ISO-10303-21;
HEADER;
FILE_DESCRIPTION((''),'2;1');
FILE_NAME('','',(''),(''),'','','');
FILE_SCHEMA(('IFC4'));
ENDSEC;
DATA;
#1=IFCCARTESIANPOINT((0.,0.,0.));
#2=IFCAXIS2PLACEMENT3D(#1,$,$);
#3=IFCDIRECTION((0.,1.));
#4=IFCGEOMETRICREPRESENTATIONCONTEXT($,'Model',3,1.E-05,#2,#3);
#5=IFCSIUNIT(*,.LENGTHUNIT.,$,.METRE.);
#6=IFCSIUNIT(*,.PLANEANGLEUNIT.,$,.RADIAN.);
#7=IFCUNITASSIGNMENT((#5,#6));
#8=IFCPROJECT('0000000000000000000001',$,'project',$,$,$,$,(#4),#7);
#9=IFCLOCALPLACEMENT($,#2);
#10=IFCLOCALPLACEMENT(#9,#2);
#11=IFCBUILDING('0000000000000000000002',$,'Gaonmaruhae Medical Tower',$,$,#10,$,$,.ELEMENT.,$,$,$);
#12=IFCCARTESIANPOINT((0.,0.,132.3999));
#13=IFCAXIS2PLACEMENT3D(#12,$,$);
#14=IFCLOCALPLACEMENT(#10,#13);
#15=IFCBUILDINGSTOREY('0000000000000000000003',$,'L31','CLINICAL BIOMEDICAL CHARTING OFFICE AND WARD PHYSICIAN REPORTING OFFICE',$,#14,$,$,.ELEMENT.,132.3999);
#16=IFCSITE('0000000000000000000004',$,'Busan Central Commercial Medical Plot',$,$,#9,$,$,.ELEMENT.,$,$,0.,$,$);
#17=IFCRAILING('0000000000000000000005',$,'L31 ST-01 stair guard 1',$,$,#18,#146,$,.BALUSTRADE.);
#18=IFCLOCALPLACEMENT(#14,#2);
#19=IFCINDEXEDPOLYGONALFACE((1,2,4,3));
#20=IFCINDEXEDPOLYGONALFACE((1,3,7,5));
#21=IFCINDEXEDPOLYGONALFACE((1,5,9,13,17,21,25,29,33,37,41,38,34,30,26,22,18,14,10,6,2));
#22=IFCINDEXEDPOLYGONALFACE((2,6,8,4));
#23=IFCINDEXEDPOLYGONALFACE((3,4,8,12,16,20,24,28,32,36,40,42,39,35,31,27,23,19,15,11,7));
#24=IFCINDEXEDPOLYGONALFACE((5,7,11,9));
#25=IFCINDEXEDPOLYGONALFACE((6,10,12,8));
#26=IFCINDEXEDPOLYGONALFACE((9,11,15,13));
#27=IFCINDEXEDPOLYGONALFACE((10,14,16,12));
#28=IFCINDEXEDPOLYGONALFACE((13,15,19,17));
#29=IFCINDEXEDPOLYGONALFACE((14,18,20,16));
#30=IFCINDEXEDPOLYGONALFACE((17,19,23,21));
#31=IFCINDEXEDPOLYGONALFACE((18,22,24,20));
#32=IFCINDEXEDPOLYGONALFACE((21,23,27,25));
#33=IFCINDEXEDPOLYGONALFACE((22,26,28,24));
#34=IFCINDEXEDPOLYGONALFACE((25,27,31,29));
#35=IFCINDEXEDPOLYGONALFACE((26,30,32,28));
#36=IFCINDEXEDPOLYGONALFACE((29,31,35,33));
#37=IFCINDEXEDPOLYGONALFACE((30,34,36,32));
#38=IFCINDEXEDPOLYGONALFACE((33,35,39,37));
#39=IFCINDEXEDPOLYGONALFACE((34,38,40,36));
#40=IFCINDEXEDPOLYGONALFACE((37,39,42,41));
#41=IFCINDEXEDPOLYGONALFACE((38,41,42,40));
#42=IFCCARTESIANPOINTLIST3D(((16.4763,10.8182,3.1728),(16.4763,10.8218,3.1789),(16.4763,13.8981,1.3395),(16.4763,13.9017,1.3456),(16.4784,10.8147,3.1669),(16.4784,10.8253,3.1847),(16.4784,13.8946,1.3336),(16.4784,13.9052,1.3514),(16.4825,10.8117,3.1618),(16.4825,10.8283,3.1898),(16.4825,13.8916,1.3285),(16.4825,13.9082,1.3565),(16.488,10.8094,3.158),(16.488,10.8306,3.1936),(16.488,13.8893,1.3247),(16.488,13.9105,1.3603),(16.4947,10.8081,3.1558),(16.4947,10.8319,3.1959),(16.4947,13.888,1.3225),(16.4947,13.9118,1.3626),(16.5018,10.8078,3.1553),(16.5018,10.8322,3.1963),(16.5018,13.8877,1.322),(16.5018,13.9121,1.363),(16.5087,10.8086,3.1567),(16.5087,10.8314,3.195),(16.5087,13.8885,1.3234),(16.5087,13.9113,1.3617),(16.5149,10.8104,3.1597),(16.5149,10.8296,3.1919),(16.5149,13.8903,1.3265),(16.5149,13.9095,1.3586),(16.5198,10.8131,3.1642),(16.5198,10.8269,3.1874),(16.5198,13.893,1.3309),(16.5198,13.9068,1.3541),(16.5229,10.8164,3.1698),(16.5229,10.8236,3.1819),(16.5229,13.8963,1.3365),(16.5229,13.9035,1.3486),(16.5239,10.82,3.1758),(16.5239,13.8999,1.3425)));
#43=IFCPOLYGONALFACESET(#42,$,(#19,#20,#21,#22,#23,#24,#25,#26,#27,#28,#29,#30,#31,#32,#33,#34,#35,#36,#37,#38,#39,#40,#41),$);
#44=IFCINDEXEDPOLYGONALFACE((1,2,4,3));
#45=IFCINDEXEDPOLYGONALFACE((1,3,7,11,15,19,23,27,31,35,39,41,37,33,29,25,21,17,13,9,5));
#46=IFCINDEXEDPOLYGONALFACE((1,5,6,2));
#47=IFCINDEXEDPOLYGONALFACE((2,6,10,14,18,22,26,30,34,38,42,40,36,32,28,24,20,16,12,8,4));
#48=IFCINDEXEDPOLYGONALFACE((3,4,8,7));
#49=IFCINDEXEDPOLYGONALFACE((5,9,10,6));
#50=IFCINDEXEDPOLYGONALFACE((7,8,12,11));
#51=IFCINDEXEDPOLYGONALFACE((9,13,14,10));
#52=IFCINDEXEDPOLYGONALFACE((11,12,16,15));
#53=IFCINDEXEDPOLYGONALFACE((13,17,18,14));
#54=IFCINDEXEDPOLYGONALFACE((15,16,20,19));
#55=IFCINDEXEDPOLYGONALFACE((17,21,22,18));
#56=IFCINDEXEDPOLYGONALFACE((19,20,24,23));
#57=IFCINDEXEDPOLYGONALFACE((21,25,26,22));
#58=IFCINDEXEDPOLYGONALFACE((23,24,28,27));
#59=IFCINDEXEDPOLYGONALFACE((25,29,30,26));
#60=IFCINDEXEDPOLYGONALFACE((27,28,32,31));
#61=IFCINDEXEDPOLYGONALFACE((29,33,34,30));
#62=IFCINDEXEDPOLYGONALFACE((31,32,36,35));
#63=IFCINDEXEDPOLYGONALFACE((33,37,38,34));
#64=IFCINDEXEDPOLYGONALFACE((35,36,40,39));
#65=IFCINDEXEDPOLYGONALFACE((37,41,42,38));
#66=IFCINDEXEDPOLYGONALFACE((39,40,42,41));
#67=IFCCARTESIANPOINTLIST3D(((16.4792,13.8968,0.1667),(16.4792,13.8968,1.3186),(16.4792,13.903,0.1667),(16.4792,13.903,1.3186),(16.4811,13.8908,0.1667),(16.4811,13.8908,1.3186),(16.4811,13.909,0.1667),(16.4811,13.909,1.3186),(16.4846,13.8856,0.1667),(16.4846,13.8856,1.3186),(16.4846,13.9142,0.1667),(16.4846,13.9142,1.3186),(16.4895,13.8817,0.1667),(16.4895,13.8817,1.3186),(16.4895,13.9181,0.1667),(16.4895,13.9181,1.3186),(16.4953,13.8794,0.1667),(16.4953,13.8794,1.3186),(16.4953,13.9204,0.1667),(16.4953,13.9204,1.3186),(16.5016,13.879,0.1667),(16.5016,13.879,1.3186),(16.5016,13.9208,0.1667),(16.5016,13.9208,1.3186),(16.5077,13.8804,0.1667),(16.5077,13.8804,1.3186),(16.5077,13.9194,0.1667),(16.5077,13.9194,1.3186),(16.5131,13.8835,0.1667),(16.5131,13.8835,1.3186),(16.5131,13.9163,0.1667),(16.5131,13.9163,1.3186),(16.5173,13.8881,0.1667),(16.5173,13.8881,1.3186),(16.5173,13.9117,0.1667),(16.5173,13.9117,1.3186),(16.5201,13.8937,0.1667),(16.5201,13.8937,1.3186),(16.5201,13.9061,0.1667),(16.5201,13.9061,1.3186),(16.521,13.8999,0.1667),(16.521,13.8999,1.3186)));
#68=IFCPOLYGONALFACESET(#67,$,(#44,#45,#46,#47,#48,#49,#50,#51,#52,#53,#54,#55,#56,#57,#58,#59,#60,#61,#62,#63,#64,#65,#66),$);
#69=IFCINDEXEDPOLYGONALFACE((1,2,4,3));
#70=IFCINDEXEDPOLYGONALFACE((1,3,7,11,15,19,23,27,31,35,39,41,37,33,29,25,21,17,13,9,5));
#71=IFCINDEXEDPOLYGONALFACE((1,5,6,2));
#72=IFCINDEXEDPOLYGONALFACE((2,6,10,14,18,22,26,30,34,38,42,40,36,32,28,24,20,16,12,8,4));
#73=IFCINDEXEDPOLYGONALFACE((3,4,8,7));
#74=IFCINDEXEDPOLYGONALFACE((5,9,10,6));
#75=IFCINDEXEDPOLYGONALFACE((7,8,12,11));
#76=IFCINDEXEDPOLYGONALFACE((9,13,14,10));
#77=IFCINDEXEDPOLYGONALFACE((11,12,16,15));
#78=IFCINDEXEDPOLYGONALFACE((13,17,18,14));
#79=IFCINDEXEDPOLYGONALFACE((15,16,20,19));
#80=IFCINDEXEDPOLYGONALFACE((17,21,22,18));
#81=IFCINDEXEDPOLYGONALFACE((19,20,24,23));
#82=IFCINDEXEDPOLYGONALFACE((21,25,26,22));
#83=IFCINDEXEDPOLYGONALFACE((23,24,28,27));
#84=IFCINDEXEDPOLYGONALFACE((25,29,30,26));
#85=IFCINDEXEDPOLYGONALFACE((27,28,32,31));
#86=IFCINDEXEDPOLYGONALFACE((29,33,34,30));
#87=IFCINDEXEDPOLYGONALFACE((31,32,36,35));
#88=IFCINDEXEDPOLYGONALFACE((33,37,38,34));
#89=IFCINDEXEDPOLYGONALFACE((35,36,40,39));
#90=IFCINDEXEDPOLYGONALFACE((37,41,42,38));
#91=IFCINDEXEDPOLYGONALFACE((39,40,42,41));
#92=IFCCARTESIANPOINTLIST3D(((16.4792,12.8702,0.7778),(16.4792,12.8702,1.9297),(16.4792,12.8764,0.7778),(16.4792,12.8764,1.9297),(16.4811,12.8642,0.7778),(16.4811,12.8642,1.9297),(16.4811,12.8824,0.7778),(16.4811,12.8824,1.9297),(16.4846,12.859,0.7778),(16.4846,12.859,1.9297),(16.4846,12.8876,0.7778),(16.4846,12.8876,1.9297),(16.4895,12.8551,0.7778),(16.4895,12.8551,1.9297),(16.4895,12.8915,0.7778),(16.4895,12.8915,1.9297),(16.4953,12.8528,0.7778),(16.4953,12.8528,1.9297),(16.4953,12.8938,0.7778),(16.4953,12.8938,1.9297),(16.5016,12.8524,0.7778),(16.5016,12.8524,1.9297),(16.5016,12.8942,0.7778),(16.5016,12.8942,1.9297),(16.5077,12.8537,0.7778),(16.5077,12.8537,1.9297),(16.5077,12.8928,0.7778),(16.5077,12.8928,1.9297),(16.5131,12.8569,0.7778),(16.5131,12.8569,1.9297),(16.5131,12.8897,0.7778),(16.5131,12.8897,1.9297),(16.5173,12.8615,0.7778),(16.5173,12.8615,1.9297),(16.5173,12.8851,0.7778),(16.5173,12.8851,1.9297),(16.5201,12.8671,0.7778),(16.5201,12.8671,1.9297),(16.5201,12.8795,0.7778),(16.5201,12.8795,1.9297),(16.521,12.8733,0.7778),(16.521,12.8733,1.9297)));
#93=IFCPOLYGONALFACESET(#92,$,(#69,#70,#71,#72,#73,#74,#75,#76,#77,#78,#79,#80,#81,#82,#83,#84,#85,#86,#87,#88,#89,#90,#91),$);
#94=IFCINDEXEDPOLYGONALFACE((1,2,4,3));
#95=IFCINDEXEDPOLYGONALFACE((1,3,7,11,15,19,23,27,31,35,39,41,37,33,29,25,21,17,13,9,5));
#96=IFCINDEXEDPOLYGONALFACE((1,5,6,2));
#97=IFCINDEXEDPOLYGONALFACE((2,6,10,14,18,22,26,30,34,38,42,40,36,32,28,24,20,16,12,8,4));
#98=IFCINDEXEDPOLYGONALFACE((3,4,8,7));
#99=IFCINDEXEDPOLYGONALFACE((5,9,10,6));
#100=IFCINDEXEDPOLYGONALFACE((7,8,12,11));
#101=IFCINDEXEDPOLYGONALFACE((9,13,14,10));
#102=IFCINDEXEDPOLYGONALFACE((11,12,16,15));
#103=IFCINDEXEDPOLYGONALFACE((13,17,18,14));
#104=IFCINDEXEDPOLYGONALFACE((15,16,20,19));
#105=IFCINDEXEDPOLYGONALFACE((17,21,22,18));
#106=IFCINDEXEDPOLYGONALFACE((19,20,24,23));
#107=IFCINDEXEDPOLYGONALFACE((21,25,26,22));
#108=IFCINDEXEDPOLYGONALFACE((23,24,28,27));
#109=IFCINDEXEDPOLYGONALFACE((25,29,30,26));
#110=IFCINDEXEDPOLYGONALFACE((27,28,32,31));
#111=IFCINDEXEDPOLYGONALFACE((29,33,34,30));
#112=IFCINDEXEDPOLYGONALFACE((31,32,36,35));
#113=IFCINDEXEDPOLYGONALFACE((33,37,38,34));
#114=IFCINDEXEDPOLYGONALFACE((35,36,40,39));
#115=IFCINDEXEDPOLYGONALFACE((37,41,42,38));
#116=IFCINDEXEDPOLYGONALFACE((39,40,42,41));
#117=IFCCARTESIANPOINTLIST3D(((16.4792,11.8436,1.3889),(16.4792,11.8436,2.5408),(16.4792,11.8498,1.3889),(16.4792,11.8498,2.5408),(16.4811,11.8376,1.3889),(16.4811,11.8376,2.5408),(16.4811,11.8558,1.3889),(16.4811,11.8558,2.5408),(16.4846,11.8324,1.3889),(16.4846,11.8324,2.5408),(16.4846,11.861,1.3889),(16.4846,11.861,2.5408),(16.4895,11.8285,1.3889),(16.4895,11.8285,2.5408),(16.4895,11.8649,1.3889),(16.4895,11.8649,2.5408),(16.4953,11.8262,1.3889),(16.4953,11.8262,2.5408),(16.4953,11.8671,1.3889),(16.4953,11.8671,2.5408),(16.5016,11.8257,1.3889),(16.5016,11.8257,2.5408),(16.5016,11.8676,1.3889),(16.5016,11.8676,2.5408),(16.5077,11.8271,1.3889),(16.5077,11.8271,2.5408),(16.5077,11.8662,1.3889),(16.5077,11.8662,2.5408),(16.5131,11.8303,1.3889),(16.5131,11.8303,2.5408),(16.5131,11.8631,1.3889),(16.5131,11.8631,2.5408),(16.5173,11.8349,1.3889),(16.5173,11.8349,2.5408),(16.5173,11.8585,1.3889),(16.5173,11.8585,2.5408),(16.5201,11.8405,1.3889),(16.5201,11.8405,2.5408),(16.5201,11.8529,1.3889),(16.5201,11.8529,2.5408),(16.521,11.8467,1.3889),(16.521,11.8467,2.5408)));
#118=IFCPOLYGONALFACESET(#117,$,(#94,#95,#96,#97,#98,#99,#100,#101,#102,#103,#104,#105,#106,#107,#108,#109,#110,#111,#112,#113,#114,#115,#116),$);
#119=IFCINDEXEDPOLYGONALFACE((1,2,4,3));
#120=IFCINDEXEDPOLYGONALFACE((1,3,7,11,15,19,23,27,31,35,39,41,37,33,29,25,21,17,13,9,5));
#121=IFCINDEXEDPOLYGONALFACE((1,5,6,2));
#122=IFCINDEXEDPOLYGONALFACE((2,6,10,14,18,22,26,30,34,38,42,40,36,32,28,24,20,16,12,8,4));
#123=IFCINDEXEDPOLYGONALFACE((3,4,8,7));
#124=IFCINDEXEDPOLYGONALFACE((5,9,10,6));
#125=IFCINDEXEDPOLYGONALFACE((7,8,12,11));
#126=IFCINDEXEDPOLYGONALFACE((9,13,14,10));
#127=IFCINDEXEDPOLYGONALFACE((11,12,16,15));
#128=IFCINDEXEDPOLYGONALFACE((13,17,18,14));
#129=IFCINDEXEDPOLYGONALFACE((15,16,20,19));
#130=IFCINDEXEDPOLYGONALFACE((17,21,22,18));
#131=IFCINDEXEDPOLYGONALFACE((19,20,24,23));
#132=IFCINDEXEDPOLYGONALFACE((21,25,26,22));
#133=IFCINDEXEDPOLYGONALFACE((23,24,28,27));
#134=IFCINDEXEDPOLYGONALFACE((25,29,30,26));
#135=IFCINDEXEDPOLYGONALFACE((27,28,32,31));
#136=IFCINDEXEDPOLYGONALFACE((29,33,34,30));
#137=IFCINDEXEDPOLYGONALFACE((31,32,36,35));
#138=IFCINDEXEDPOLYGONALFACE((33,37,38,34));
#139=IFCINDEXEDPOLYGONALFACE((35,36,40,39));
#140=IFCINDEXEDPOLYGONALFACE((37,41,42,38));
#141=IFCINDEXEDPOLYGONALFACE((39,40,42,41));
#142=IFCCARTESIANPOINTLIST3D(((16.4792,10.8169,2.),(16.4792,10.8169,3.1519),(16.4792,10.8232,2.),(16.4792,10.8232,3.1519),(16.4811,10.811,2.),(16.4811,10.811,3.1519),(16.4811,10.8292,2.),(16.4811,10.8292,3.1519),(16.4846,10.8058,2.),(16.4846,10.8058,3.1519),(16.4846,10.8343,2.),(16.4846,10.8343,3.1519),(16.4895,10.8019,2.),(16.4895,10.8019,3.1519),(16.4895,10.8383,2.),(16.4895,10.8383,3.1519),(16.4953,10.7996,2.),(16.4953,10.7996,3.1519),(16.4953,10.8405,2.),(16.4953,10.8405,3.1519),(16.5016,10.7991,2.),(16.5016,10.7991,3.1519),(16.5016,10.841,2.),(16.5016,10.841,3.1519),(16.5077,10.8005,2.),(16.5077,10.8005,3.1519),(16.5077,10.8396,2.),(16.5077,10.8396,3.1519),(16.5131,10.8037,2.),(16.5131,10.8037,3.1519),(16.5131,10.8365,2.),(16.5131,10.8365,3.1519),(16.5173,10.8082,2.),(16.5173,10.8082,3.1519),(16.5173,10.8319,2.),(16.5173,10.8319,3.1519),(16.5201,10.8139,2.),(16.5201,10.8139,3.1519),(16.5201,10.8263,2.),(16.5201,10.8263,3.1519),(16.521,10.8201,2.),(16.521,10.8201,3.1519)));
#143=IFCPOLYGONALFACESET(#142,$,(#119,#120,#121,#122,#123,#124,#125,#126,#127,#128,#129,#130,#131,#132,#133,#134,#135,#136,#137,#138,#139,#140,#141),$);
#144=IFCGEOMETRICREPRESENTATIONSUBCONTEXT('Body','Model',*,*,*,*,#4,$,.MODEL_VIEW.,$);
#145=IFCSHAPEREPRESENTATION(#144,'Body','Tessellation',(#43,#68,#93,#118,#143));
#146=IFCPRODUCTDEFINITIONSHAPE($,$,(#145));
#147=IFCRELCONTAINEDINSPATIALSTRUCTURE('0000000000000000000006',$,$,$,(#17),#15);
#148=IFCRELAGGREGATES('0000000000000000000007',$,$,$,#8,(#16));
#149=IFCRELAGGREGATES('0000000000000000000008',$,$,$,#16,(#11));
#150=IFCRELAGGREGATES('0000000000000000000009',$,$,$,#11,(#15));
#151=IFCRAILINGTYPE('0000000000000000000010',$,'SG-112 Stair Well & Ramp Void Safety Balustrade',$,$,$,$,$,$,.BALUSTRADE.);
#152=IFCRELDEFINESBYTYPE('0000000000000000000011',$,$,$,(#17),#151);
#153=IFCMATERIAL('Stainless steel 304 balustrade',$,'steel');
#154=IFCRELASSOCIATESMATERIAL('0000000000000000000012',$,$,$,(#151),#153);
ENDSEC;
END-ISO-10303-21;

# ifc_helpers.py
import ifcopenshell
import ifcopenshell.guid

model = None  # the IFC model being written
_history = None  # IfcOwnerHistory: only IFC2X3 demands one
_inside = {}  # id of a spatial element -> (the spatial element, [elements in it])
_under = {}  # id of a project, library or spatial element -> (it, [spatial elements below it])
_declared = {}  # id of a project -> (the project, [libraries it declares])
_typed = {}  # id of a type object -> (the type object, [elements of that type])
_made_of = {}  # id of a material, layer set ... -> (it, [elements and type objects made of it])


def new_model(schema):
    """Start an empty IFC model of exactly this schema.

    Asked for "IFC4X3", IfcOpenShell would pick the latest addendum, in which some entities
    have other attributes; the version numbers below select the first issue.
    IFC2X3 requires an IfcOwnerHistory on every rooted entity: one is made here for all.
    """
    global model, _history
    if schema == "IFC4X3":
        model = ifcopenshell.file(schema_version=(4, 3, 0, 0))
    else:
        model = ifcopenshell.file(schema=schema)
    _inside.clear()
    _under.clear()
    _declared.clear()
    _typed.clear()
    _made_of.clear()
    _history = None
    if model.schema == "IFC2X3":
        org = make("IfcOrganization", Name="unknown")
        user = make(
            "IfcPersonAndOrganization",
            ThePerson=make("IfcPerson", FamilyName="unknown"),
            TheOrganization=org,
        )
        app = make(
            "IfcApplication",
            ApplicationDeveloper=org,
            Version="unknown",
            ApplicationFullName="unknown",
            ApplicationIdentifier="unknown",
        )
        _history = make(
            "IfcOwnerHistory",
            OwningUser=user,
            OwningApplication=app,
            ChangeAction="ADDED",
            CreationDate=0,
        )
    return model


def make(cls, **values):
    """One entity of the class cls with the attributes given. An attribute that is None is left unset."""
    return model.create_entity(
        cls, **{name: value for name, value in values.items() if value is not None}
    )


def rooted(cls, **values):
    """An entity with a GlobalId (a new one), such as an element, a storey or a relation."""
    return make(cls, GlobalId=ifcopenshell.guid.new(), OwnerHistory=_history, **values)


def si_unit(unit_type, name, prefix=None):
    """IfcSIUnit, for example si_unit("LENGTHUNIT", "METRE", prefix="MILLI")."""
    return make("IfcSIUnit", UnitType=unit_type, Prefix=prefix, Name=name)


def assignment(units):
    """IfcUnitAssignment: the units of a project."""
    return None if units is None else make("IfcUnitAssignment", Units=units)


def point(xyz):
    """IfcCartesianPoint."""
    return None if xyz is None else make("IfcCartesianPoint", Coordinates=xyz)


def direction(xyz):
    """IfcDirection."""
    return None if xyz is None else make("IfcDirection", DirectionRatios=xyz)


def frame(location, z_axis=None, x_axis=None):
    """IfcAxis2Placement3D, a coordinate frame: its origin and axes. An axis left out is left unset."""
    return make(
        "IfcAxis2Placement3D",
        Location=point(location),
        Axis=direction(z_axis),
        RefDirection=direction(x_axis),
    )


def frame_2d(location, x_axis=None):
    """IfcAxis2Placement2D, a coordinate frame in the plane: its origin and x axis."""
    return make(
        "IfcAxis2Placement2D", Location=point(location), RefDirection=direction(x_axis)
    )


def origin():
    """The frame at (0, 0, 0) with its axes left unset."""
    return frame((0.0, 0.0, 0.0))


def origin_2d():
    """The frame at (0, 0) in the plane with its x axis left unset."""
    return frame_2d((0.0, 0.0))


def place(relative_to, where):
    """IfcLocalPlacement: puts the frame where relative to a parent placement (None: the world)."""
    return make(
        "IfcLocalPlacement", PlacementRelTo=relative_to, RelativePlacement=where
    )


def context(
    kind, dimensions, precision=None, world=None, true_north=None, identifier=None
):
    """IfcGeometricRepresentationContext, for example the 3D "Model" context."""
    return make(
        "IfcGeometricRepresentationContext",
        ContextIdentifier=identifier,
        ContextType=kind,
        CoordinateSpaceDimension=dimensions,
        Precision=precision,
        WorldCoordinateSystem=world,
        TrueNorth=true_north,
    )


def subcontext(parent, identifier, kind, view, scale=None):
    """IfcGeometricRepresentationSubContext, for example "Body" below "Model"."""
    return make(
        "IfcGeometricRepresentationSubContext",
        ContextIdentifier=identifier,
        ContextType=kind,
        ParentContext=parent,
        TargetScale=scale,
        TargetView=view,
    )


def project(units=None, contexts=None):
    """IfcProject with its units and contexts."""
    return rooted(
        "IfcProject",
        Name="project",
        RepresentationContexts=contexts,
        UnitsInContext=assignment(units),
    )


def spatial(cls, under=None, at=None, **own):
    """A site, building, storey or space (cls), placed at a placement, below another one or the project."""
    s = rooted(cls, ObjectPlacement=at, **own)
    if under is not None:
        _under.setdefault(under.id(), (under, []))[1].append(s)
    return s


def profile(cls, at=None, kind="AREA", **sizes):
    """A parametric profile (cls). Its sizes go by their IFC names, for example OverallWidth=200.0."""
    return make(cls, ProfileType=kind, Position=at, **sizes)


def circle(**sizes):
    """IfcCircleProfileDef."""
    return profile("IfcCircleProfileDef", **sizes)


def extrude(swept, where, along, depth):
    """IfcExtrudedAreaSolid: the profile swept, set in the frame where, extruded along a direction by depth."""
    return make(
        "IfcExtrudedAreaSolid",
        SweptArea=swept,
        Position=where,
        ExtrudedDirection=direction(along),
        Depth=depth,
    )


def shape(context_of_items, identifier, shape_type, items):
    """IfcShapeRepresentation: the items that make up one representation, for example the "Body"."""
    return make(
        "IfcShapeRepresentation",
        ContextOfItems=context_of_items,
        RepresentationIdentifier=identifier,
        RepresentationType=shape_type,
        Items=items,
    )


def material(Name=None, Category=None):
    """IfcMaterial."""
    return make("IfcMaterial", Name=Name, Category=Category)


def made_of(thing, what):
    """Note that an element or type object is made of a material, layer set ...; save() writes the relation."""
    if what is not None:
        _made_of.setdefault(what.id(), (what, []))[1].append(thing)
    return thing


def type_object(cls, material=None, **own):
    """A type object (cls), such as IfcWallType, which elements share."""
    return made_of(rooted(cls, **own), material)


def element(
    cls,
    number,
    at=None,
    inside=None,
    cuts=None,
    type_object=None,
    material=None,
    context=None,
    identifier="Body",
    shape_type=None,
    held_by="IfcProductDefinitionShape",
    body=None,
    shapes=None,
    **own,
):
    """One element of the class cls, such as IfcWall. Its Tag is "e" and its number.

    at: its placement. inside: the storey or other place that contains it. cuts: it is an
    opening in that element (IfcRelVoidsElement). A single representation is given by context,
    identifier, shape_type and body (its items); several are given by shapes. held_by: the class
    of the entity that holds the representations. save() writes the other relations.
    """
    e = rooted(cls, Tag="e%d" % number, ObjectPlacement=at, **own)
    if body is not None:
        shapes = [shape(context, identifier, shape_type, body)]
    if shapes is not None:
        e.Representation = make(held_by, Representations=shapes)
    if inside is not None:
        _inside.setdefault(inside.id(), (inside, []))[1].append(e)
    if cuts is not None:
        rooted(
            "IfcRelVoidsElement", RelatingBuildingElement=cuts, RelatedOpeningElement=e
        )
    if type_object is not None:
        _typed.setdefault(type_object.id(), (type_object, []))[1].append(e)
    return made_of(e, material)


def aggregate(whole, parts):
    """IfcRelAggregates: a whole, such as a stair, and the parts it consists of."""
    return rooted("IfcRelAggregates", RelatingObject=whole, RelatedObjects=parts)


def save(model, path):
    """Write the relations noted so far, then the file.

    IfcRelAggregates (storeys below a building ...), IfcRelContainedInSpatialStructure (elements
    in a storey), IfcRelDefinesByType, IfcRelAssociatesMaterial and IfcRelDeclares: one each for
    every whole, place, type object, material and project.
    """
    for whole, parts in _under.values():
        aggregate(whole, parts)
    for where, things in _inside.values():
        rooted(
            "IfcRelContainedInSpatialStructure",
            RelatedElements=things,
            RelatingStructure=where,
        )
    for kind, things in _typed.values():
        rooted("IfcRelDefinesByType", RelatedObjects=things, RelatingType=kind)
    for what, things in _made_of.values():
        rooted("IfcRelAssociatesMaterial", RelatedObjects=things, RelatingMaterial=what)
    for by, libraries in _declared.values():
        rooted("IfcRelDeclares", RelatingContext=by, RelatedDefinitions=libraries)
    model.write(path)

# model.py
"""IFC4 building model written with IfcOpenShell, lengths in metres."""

from ifc_helpers import new_model, si_unit, direction, frame, origin, origin_2d, place, context, subcontext, project, spatial, circle, extrude, material, type_object, element, save


model = new_model("IFC4")

# Units and contexts
model_context = context("Model", 3, precision=1e-05, world=origin(), true_north=direction((0.0, 1.0)))
body_context = subcontext(model_context, "Body", "Model", "MODEL_VIEW")
ifc_project = project(units=[si_unit("LENGTHUNIT", "METRE"), si_unit("PLANEANGLEUNIT", "RADIAN")], contexts=[model_context])

# Site, building, storey
site_placement = place(None, origin())
site = spatial("IfcSite", under=ifc_project, at=site_placement, Name="Busan Central Commercial Medical Plot", CompositionType="ELEMENT", RefElevation=0.0)
building_placement = place(site_placement, origin())
building = spatial("IfcBuilding", under=site, at=building_placement, Name="Gaonmaruhae Medical Tower", CompositionType="ELEMENT")
storey_placement = place(building_placement, frame((0.0, 0.0, 132.3999)))
storey = spatial("IfcBuildingStorey", under=building, at=storey_placement, Name="L31", Description="CLINICAL BIOMEDICAL CHARTING OFFICE AND WARD PHYSICIAN REPORTING OFFICE", CompositionType="ELEMENT", Elevation=132.3999)

# Railing
ifc_material_1 = material(Name="Stainless steel 304 balustrade", Category="steel")
railing_type_1 = type_object("IfcRailingType", Name="SG-112 Stair Well & Ramp Void Safety Balustrade", PredefinedType="BALUSTRADE", material=ifc_material_1)
railing_1_placement = place(storey_placement, frame((16.5, 13.8999, 0.1667)))
element("IfcRailing", 1, at=railing_1_placement, inside=storey, type_object=railing_type_1, Name="L31 ST-01 stair guard 1", PredefinedType="BALUSTRADE", context=body_context, shape_type="SweptSolid", body=[
    extrude(circle(Radius=0.0239, at=origin_2d()), frame((0.0, 0.0, 1.1758), z_axis=(0.0, -0.859291, 0.511487), x_axis=(1.0, 0.0, 0.0)), (0.0, 0.0, 1.0), 3.5842),
    extrude(circle(Radius=0.021, at=origin_2d()), origin(), (0.0, 0.0, 1.0), 1.1519),
    extrude(circle(Radius=0.021, at=origin_2d()), frame((0.0, -1.0266, 0.6111)), (0.0, 0.0, 1.0), 1.1519),
    extrude(circle(Radius=0.021, at=origin_2d()), frame((0.0, -2.0532, 1.2222)), (0.0, 0.0, 1.0), 1.1519),
    extrude(circle(Radius=0.021, at=origin_2d()), frame((0.0, -3.0798, 1.8333)), (0.0, 0.0, 1.0), 1.1519),
])

save(model, "model.ifc")
